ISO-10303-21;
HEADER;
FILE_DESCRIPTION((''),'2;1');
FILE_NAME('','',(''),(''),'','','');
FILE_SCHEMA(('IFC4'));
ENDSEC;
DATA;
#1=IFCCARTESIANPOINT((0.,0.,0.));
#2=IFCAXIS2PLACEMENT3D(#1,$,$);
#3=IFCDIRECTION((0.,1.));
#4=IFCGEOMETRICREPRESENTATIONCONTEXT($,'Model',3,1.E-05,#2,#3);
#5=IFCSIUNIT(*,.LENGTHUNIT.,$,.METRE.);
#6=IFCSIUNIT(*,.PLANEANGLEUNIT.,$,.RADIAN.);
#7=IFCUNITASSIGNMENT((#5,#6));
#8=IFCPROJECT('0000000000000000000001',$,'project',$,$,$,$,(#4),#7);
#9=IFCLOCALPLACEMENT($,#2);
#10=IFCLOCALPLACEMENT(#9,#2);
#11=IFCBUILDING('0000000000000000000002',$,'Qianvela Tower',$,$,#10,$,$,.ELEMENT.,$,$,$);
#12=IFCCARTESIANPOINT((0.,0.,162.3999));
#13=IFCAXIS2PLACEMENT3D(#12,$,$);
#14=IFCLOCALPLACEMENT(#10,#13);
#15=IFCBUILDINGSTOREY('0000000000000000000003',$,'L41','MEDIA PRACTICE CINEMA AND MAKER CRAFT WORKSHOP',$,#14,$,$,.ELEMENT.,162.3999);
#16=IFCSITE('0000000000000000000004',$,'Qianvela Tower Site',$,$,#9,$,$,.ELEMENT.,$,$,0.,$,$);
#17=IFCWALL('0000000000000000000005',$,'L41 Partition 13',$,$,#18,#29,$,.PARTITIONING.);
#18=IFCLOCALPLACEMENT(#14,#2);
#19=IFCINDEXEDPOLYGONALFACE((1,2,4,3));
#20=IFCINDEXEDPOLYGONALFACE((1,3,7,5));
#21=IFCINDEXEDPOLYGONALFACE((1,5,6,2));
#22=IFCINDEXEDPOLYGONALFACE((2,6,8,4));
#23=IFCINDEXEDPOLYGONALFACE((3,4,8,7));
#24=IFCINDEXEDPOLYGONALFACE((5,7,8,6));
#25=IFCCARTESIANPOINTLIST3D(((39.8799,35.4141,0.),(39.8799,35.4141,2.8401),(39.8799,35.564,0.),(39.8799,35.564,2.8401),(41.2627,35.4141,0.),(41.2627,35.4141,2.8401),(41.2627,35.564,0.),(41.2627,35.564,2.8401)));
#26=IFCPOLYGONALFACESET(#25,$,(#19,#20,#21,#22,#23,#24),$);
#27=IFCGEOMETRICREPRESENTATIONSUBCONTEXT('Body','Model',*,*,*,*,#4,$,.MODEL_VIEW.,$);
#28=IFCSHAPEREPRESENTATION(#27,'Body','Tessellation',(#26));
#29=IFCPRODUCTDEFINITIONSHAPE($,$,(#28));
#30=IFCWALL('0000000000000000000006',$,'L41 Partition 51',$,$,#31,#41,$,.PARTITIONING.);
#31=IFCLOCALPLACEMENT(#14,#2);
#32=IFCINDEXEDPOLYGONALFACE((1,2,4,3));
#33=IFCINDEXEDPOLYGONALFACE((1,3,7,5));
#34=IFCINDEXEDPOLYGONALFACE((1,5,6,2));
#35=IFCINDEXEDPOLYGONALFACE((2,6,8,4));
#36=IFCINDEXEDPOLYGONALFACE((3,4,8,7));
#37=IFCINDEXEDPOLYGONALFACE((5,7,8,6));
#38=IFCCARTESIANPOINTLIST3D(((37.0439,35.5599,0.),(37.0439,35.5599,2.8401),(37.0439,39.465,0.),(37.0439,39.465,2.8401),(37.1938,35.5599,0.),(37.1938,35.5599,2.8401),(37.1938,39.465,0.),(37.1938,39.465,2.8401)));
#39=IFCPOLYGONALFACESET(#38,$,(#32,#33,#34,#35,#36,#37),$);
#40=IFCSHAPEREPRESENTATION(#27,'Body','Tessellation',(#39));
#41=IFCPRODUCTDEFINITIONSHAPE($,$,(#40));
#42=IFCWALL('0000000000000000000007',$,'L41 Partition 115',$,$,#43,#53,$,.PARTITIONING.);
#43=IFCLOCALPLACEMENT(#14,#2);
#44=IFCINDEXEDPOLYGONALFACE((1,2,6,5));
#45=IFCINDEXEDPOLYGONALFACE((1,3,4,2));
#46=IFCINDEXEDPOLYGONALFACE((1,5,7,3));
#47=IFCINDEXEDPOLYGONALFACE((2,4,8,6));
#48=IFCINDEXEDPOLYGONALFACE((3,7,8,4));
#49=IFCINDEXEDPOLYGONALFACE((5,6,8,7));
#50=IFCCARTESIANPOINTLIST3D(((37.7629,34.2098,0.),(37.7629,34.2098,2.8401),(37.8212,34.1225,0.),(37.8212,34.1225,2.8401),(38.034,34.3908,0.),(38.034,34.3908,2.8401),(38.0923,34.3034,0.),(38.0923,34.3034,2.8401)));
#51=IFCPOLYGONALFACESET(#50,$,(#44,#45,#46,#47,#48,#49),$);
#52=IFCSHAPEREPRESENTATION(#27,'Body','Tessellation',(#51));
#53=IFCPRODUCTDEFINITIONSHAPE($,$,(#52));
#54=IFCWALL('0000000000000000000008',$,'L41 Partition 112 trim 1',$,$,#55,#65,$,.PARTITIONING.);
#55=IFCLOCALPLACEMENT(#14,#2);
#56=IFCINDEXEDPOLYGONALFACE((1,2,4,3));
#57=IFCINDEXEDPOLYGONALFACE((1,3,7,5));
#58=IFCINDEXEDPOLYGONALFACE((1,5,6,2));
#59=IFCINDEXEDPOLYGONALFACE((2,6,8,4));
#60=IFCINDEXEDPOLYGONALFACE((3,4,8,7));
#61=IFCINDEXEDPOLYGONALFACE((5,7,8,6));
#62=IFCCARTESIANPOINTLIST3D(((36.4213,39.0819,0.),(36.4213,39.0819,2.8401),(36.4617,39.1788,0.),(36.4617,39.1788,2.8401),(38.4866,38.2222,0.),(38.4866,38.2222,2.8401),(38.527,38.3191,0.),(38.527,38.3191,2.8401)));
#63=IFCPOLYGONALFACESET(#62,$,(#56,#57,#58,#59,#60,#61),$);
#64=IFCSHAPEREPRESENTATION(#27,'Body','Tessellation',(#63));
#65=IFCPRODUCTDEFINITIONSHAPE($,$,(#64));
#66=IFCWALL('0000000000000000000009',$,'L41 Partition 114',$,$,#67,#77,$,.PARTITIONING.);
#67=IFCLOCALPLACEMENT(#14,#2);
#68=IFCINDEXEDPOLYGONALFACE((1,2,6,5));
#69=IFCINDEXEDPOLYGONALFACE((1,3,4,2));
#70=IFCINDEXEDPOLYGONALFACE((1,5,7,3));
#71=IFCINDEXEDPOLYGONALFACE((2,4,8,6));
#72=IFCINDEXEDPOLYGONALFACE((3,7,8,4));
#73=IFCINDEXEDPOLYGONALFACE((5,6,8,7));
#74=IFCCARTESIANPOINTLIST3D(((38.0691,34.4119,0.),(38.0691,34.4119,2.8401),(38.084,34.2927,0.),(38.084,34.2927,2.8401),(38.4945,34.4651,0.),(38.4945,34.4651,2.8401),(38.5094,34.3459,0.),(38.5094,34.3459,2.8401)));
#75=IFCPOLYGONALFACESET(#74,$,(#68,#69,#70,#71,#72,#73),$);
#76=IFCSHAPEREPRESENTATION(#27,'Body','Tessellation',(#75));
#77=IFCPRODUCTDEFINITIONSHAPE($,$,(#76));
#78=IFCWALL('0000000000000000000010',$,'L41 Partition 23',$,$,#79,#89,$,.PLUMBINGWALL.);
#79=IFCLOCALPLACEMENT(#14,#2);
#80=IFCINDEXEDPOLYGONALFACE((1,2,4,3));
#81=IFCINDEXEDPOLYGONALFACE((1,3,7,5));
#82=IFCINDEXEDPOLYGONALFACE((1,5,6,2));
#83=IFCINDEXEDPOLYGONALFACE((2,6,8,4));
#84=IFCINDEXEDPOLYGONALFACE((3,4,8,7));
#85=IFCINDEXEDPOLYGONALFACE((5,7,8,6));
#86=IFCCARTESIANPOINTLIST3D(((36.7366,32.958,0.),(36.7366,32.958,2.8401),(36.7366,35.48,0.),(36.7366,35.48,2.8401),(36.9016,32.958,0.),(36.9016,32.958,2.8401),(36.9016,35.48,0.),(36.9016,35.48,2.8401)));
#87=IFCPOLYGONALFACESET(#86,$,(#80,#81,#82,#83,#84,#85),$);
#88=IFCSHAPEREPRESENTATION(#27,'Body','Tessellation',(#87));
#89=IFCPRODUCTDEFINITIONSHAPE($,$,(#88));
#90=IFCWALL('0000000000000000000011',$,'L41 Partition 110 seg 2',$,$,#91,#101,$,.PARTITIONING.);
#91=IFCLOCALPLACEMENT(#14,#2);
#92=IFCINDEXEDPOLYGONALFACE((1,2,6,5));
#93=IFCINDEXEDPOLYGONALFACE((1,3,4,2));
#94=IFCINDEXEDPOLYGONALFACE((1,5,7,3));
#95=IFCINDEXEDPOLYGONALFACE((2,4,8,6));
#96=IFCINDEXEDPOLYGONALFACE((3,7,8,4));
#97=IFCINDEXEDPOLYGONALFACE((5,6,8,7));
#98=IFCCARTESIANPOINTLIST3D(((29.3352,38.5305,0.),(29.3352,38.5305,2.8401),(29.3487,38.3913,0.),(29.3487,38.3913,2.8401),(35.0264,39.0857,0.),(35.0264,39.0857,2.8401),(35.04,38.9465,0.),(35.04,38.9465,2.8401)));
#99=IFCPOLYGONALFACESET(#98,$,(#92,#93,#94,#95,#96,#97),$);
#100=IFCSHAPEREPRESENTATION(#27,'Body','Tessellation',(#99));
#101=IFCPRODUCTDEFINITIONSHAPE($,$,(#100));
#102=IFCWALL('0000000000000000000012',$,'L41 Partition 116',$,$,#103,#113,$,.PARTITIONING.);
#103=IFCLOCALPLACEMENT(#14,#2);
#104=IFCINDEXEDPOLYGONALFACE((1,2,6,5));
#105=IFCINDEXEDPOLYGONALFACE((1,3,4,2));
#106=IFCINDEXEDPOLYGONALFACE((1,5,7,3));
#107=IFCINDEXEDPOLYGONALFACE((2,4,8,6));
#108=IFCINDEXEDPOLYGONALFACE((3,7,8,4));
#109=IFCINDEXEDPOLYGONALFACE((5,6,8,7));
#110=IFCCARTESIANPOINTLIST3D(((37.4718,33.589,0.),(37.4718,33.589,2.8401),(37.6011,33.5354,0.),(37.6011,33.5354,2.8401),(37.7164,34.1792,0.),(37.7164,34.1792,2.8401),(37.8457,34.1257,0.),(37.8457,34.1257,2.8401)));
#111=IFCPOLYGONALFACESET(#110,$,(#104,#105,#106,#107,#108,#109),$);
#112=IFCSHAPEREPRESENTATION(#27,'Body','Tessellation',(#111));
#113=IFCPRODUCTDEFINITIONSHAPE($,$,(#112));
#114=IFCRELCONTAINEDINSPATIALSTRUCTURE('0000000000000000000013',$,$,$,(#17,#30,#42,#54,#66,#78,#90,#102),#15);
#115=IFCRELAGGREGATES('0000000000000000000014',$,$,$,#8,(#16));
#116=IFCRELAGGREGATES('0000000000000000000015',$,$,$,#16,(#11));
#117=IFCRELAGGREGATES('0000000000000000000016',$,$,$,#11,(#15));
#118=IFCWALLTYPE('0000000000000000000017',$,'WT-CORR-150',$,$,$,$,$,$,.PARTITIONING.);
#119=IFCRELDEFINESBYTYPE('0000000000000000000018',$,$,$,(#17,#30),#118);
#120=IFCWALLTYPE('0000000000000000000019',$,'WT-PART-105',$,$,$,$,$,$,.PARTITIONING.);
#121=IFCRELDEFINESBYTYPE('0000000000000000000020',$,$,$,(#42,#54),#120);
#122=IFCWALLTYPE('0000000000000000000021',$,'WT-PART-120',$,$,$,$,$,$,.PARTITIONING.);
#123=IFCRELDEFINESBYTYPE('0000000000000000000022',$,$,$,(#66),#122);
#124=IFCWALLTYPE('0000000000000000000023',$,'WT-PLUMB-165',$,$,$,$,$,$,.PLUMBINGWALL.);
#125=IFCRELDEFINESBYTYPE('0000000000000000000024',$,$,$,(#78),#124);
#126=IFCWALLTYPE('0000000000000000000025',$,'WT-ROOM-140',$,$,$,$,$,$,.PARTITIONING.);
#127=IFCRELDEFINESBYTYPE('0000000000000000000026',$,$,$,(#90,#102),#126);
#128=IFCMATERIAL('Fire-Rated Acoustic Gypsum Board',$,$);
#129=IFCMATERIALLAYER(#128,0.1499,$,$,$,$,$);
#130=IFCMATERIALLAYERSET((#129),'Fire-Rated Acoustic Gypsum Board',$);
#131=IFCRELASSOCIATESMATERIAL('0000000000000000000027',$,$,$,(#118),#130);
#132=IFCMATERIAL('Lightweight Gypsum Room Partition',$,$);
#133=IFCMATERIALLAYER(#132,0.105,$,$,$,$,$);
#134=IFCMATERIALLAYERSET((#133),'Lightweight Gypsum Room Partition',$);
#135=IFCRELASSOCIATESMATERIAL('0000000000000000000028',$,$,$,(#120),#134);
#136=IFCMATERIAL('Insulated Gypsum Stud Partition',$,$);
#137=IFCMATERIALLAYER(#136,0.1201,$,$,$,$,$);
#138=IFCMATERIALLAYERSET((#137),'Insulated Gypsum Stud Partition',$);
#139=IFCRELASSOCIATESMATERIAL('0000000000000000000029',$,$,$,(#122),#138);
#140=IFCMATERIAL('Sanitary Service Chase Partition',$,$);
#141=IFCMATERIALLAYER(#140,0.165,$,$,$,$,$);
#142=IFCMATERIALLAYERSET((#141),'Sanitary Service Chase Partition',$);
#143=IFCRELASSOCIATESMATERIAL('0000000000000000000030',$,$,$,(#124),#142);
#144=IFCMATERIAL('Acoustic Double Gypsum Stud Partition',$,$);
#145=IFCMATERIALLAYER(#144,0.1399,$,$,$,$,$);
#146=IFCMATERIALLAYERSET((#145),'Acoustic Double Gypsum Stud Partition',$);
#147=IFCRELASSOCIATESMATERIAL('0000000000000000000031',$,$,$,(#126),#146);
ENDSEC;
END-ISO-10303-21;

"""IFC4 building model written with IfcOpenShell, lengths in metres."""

from ifc_helpers import new_model, si_unit, direction, frame, frame_2d, origin, place, context, subcontext, project, spatial, rectangle, extrude, material, layer, layer_set, type_object, element, save


model = new_model("IFC4")

# Units and contexts
model_context = context("Model", 3, precision=1e-05, world=origin(), true_north=direction((0.0, 1.0)))
body_context = subcontext(model_context, "Body", "Model", "MODEL_VIEW")
ifc_project = project(units=[si_unit("LENGTHUNIT", "METRE"), si_unit("PLANEANGLEUNIT", "RADIAN")], contexts=[model_context])

# Site, building, storey
site_placement = place(None, origin())
site = spatial("IfcSite", under=ifc_project, at=site_placement, Name="Qianvela Tower Site", CompositionType="ELEMENT", RefElevation=0.0)
building_placement = place(site_placement, origin())
building = spatial("IfcBuilding", under=site, at=building_placement, Name="Qianvela Tower", CompositionType="ELEMENT")
storey_placement = place(building_placement, frame((0.0, 0.0, 162.3999)))
storey = spatial("IfcBuildingStorey", under=building, at=storey_placement, Name="L41", Description="MEDIA PRACTICE CINEMA AND MAKER CRAFT WORKSHOP", CompositionType="ELEMENT", Elevation=162.3999)

# Walls
ifc_material_1 = material(Name="Fire-Rated Acoustic Gypsum Board")
ifc_layer_1 = layer(ifc_material_1, 0.1499)
ifc_layer_set_1 = layer_set([ifc_layer_1], Name="Fire-Rated Acoustic Gypsum Board")
wall_type_1 = type_object("IfcWallType", Name="WT-CORR-150", PredefinedType="PARTITIONING", material=ifc_layer_set_1)
wall_1_placement = place(storey_placement, frame((39.8799, 35.489, 0.0), z_axis=(0.0, 0.0, 1.0), x_axis=(1.0, 0.0, 0.0)))
element("IfcWall", 1, at=wall_1_placement, inside=storey, type_object=wall_type_1, Name="L41 Partition 13", PredefinedType="PARTITIONING", context=body_context, shape_type="SweptSolid", body=[
    extrude(rectangle(XDim=1.3828, YDim=0.1499, at=frame_2d((0.6914, 0.0))), origin(), (0.0, 0.0, 1.0), 2.8401),
])
wall_2_placement = place(storey_placement, frame((37.1189, 39.4651, 0.0), z_axis=(0.0, 0.0, 1.0), x_axis=(0.0, -1.0, 0.0)))
element("IfcWall", 2, at=wall_2_placement, inside=storey, type_object=wall_type_1, Name="L41 Partition 51", PredefinedType="PARTITIONING", context=body_context, shape_type="SweptSolid", body=[
    extrude(rectangle(XDim=3.905, YDim=0.1499, at=frame_2d((1.9526, 0.0))), origin(), (0.0, 0.0, 1.0), 2.8401),
])
ifc_material_2 = material(Name="Lightweight Gypsum Room Partition")
ifc_layer_2 = layer(ifc_material_2, 0.105)
ifc_layer_set_2 = layer_set([ifc_layer_2], Name="Lightweight Gypsum Room Partition")
wall_type_2 = type_object("IfcWallType", Name="WT-PART-105", PredefinedType="PARTITIONING", material=ifc_layer_set_2)
wall_3_placement = place(storey_placement, frame((38.0632, 34.3472, 0.0), z_axis=(0.0, 0.0, 1.0), x_axis=(-0.831704, -0.555219, 0.0)))
element("IfcWall", 3, at=wall_3_placement, inside=storey, type_object=wall_type_2, Name="L41 Partition 115", PredefinedType="PARTITIONING", context=body_context, shape_type="SweptSolid", body=[
    extrude(rectangle(XDim=0.3259, YDim=0.105, at=frame_2d((0.1631, 0.0))), origin(), (0.0, 0.0, 1.0), 2.8401),
])
wall_4_placement = place(storey_placement, frame((36.4414, 39.1304, 0.0), z_axis=(0.0, 0.0, 1.0), x_axis=(0.923216, -0.384282, 0.0)))
element("IfcWall", 4, at=wall_4_placement, inside=storey, type_object=wall_type_2, Name="L41 Partition 112 trim 1", PredefinedType="PARTITIONING", context=body_context, shape_type="SweptSolid", body=[
    extrude(rectangle(XDim=2.2371, YDim=0.105, at=frame_2d((1.1187, 0.0))), origin(), (0.0, 0.0, 1.0), 2.8401),
])
ifc_material_3 = material(Name="Insulated Gypsum Stud Partition")
ifc_layer_3 = layer(ifc_material_3, 0.1201)
ifc_layer_set_3 = layer_set([ifc_layer_3], Name="Insulated Gypsum Stud Partition")
wall_type_3 = type_object("IfcWallType", Name="WT-PART-120", PredefinedType="PARTITIONING", material=ifc_layer_set_3)
wall_5_placement = place(storey_placement, frame((38.502, 34.4055, 0.0), z_axis=(0.0, 0.0, 1.0), x_axis=(-0.99226, -0.124175, 0.0)))
element("IfcWall", 5, at=wall_5_placement, inside=storey, type_object=wall_type_3, Name="L41 Partition 114", PredefinedType="PARTITIONING", context=body_context, shape_type="SweptSolid", body=[
    extrude(rectangle(XDim=0.4287, YDim=0.1201, at=frame_2d((0.2144, 0.0))), origin(), (0.0, 0.0, 1.0), 2.8401),
])
ifc_material_4 = material(Name="Sanitary Service Chase Partition")
ifc_layer_4 = layer(ifc_material_4, 0.165)
ifc_layer_set_4 = layer_set([ifc_layer_4], Name="Sanitary Service Chase Partition")
wall_type_4 = type_object("IfcWallType", Name="WT-PLUMB-165", PredefinedType="PLUMBINGWALL", material=ifc_layer_set_4)
wall_6_placement = place(storey_placement, frame((36.8191, 35.48, 0.0), z_axis=(0.0, 0.0, 1.0), x_axis=(0.0, -1.0, 0.0)))
element("IfcWall", 6, at=wall_6_placement, inside=storey, type_object=wall_type_4, Name="L41 Partition 23", PredefinedType="PLUMBINGWALL", context=body_context, shape_type="SweptSolid", body=[
    extrude(rectangle(XDim=2.522, YDim=0.165, at=frame_2d((1.261, 0.0))), origin(), (0.0, 0.0, 1.0), 2.8401),
])
ifc_material_5 = material(Name="Acoustic Double Gypsum Stud Partition")
ifc_layer_5 = layer(ifc_material_5, 0.1399)
ifc_layer_set_5 = layer_set([ifc_layer_5], Name="Acoustic Double Gypsum Stud Partition")
wall_type_5 = type_object("IfcWallType", Name="WT-ROOM-140", PredefinedType="PARTITIONING", material=ifc_layer_set_5)
wall_7_placement = place(storey_placement, frame((35.0332, 39.0161, 0.0), z_axis=(0.0, 0.0, 1.0), x_axis=(-0.995276, -0.09709, 0.0)))
element("IfcWall", 7, at=wall_7_placement, inside=storey, type_object=wall_type_5, Name="L41 Partition 110 seg 2", PredefinedType="PARTITIONING", context=body_context, shape_type="SweptSolid", body=[
    extrude(rectangle(XDim=5.7183, YDim=0.1399, at=frame_2d((2.8591, 0.0))), origin(), (0.0, 0.0, 1.0), 2.8401),
])
wall_8_placement = place(storey_placement, frame((37.781, 34.1523, 0.0), z_axis=(0.0, 0.0, 1.0), x_axis=(-0.382824, -0.923821, 0.0)))
element("IfcWall", 8, at=wall_8_placement, inside=storey, type_object=wall_type_5, Name="L41 Partition 116", PredefinedType="PARTITIONING", context=body_context, shape_type="SweptSolid", body=[
    extrude(rectangle(XDim=0.6389, YDim=0.1399, at=frame_2d((0.3193, 0.0))), origin(), (0.0, 0.0, 1.0), 2.8401),
])

save(model, "model.ifc")
